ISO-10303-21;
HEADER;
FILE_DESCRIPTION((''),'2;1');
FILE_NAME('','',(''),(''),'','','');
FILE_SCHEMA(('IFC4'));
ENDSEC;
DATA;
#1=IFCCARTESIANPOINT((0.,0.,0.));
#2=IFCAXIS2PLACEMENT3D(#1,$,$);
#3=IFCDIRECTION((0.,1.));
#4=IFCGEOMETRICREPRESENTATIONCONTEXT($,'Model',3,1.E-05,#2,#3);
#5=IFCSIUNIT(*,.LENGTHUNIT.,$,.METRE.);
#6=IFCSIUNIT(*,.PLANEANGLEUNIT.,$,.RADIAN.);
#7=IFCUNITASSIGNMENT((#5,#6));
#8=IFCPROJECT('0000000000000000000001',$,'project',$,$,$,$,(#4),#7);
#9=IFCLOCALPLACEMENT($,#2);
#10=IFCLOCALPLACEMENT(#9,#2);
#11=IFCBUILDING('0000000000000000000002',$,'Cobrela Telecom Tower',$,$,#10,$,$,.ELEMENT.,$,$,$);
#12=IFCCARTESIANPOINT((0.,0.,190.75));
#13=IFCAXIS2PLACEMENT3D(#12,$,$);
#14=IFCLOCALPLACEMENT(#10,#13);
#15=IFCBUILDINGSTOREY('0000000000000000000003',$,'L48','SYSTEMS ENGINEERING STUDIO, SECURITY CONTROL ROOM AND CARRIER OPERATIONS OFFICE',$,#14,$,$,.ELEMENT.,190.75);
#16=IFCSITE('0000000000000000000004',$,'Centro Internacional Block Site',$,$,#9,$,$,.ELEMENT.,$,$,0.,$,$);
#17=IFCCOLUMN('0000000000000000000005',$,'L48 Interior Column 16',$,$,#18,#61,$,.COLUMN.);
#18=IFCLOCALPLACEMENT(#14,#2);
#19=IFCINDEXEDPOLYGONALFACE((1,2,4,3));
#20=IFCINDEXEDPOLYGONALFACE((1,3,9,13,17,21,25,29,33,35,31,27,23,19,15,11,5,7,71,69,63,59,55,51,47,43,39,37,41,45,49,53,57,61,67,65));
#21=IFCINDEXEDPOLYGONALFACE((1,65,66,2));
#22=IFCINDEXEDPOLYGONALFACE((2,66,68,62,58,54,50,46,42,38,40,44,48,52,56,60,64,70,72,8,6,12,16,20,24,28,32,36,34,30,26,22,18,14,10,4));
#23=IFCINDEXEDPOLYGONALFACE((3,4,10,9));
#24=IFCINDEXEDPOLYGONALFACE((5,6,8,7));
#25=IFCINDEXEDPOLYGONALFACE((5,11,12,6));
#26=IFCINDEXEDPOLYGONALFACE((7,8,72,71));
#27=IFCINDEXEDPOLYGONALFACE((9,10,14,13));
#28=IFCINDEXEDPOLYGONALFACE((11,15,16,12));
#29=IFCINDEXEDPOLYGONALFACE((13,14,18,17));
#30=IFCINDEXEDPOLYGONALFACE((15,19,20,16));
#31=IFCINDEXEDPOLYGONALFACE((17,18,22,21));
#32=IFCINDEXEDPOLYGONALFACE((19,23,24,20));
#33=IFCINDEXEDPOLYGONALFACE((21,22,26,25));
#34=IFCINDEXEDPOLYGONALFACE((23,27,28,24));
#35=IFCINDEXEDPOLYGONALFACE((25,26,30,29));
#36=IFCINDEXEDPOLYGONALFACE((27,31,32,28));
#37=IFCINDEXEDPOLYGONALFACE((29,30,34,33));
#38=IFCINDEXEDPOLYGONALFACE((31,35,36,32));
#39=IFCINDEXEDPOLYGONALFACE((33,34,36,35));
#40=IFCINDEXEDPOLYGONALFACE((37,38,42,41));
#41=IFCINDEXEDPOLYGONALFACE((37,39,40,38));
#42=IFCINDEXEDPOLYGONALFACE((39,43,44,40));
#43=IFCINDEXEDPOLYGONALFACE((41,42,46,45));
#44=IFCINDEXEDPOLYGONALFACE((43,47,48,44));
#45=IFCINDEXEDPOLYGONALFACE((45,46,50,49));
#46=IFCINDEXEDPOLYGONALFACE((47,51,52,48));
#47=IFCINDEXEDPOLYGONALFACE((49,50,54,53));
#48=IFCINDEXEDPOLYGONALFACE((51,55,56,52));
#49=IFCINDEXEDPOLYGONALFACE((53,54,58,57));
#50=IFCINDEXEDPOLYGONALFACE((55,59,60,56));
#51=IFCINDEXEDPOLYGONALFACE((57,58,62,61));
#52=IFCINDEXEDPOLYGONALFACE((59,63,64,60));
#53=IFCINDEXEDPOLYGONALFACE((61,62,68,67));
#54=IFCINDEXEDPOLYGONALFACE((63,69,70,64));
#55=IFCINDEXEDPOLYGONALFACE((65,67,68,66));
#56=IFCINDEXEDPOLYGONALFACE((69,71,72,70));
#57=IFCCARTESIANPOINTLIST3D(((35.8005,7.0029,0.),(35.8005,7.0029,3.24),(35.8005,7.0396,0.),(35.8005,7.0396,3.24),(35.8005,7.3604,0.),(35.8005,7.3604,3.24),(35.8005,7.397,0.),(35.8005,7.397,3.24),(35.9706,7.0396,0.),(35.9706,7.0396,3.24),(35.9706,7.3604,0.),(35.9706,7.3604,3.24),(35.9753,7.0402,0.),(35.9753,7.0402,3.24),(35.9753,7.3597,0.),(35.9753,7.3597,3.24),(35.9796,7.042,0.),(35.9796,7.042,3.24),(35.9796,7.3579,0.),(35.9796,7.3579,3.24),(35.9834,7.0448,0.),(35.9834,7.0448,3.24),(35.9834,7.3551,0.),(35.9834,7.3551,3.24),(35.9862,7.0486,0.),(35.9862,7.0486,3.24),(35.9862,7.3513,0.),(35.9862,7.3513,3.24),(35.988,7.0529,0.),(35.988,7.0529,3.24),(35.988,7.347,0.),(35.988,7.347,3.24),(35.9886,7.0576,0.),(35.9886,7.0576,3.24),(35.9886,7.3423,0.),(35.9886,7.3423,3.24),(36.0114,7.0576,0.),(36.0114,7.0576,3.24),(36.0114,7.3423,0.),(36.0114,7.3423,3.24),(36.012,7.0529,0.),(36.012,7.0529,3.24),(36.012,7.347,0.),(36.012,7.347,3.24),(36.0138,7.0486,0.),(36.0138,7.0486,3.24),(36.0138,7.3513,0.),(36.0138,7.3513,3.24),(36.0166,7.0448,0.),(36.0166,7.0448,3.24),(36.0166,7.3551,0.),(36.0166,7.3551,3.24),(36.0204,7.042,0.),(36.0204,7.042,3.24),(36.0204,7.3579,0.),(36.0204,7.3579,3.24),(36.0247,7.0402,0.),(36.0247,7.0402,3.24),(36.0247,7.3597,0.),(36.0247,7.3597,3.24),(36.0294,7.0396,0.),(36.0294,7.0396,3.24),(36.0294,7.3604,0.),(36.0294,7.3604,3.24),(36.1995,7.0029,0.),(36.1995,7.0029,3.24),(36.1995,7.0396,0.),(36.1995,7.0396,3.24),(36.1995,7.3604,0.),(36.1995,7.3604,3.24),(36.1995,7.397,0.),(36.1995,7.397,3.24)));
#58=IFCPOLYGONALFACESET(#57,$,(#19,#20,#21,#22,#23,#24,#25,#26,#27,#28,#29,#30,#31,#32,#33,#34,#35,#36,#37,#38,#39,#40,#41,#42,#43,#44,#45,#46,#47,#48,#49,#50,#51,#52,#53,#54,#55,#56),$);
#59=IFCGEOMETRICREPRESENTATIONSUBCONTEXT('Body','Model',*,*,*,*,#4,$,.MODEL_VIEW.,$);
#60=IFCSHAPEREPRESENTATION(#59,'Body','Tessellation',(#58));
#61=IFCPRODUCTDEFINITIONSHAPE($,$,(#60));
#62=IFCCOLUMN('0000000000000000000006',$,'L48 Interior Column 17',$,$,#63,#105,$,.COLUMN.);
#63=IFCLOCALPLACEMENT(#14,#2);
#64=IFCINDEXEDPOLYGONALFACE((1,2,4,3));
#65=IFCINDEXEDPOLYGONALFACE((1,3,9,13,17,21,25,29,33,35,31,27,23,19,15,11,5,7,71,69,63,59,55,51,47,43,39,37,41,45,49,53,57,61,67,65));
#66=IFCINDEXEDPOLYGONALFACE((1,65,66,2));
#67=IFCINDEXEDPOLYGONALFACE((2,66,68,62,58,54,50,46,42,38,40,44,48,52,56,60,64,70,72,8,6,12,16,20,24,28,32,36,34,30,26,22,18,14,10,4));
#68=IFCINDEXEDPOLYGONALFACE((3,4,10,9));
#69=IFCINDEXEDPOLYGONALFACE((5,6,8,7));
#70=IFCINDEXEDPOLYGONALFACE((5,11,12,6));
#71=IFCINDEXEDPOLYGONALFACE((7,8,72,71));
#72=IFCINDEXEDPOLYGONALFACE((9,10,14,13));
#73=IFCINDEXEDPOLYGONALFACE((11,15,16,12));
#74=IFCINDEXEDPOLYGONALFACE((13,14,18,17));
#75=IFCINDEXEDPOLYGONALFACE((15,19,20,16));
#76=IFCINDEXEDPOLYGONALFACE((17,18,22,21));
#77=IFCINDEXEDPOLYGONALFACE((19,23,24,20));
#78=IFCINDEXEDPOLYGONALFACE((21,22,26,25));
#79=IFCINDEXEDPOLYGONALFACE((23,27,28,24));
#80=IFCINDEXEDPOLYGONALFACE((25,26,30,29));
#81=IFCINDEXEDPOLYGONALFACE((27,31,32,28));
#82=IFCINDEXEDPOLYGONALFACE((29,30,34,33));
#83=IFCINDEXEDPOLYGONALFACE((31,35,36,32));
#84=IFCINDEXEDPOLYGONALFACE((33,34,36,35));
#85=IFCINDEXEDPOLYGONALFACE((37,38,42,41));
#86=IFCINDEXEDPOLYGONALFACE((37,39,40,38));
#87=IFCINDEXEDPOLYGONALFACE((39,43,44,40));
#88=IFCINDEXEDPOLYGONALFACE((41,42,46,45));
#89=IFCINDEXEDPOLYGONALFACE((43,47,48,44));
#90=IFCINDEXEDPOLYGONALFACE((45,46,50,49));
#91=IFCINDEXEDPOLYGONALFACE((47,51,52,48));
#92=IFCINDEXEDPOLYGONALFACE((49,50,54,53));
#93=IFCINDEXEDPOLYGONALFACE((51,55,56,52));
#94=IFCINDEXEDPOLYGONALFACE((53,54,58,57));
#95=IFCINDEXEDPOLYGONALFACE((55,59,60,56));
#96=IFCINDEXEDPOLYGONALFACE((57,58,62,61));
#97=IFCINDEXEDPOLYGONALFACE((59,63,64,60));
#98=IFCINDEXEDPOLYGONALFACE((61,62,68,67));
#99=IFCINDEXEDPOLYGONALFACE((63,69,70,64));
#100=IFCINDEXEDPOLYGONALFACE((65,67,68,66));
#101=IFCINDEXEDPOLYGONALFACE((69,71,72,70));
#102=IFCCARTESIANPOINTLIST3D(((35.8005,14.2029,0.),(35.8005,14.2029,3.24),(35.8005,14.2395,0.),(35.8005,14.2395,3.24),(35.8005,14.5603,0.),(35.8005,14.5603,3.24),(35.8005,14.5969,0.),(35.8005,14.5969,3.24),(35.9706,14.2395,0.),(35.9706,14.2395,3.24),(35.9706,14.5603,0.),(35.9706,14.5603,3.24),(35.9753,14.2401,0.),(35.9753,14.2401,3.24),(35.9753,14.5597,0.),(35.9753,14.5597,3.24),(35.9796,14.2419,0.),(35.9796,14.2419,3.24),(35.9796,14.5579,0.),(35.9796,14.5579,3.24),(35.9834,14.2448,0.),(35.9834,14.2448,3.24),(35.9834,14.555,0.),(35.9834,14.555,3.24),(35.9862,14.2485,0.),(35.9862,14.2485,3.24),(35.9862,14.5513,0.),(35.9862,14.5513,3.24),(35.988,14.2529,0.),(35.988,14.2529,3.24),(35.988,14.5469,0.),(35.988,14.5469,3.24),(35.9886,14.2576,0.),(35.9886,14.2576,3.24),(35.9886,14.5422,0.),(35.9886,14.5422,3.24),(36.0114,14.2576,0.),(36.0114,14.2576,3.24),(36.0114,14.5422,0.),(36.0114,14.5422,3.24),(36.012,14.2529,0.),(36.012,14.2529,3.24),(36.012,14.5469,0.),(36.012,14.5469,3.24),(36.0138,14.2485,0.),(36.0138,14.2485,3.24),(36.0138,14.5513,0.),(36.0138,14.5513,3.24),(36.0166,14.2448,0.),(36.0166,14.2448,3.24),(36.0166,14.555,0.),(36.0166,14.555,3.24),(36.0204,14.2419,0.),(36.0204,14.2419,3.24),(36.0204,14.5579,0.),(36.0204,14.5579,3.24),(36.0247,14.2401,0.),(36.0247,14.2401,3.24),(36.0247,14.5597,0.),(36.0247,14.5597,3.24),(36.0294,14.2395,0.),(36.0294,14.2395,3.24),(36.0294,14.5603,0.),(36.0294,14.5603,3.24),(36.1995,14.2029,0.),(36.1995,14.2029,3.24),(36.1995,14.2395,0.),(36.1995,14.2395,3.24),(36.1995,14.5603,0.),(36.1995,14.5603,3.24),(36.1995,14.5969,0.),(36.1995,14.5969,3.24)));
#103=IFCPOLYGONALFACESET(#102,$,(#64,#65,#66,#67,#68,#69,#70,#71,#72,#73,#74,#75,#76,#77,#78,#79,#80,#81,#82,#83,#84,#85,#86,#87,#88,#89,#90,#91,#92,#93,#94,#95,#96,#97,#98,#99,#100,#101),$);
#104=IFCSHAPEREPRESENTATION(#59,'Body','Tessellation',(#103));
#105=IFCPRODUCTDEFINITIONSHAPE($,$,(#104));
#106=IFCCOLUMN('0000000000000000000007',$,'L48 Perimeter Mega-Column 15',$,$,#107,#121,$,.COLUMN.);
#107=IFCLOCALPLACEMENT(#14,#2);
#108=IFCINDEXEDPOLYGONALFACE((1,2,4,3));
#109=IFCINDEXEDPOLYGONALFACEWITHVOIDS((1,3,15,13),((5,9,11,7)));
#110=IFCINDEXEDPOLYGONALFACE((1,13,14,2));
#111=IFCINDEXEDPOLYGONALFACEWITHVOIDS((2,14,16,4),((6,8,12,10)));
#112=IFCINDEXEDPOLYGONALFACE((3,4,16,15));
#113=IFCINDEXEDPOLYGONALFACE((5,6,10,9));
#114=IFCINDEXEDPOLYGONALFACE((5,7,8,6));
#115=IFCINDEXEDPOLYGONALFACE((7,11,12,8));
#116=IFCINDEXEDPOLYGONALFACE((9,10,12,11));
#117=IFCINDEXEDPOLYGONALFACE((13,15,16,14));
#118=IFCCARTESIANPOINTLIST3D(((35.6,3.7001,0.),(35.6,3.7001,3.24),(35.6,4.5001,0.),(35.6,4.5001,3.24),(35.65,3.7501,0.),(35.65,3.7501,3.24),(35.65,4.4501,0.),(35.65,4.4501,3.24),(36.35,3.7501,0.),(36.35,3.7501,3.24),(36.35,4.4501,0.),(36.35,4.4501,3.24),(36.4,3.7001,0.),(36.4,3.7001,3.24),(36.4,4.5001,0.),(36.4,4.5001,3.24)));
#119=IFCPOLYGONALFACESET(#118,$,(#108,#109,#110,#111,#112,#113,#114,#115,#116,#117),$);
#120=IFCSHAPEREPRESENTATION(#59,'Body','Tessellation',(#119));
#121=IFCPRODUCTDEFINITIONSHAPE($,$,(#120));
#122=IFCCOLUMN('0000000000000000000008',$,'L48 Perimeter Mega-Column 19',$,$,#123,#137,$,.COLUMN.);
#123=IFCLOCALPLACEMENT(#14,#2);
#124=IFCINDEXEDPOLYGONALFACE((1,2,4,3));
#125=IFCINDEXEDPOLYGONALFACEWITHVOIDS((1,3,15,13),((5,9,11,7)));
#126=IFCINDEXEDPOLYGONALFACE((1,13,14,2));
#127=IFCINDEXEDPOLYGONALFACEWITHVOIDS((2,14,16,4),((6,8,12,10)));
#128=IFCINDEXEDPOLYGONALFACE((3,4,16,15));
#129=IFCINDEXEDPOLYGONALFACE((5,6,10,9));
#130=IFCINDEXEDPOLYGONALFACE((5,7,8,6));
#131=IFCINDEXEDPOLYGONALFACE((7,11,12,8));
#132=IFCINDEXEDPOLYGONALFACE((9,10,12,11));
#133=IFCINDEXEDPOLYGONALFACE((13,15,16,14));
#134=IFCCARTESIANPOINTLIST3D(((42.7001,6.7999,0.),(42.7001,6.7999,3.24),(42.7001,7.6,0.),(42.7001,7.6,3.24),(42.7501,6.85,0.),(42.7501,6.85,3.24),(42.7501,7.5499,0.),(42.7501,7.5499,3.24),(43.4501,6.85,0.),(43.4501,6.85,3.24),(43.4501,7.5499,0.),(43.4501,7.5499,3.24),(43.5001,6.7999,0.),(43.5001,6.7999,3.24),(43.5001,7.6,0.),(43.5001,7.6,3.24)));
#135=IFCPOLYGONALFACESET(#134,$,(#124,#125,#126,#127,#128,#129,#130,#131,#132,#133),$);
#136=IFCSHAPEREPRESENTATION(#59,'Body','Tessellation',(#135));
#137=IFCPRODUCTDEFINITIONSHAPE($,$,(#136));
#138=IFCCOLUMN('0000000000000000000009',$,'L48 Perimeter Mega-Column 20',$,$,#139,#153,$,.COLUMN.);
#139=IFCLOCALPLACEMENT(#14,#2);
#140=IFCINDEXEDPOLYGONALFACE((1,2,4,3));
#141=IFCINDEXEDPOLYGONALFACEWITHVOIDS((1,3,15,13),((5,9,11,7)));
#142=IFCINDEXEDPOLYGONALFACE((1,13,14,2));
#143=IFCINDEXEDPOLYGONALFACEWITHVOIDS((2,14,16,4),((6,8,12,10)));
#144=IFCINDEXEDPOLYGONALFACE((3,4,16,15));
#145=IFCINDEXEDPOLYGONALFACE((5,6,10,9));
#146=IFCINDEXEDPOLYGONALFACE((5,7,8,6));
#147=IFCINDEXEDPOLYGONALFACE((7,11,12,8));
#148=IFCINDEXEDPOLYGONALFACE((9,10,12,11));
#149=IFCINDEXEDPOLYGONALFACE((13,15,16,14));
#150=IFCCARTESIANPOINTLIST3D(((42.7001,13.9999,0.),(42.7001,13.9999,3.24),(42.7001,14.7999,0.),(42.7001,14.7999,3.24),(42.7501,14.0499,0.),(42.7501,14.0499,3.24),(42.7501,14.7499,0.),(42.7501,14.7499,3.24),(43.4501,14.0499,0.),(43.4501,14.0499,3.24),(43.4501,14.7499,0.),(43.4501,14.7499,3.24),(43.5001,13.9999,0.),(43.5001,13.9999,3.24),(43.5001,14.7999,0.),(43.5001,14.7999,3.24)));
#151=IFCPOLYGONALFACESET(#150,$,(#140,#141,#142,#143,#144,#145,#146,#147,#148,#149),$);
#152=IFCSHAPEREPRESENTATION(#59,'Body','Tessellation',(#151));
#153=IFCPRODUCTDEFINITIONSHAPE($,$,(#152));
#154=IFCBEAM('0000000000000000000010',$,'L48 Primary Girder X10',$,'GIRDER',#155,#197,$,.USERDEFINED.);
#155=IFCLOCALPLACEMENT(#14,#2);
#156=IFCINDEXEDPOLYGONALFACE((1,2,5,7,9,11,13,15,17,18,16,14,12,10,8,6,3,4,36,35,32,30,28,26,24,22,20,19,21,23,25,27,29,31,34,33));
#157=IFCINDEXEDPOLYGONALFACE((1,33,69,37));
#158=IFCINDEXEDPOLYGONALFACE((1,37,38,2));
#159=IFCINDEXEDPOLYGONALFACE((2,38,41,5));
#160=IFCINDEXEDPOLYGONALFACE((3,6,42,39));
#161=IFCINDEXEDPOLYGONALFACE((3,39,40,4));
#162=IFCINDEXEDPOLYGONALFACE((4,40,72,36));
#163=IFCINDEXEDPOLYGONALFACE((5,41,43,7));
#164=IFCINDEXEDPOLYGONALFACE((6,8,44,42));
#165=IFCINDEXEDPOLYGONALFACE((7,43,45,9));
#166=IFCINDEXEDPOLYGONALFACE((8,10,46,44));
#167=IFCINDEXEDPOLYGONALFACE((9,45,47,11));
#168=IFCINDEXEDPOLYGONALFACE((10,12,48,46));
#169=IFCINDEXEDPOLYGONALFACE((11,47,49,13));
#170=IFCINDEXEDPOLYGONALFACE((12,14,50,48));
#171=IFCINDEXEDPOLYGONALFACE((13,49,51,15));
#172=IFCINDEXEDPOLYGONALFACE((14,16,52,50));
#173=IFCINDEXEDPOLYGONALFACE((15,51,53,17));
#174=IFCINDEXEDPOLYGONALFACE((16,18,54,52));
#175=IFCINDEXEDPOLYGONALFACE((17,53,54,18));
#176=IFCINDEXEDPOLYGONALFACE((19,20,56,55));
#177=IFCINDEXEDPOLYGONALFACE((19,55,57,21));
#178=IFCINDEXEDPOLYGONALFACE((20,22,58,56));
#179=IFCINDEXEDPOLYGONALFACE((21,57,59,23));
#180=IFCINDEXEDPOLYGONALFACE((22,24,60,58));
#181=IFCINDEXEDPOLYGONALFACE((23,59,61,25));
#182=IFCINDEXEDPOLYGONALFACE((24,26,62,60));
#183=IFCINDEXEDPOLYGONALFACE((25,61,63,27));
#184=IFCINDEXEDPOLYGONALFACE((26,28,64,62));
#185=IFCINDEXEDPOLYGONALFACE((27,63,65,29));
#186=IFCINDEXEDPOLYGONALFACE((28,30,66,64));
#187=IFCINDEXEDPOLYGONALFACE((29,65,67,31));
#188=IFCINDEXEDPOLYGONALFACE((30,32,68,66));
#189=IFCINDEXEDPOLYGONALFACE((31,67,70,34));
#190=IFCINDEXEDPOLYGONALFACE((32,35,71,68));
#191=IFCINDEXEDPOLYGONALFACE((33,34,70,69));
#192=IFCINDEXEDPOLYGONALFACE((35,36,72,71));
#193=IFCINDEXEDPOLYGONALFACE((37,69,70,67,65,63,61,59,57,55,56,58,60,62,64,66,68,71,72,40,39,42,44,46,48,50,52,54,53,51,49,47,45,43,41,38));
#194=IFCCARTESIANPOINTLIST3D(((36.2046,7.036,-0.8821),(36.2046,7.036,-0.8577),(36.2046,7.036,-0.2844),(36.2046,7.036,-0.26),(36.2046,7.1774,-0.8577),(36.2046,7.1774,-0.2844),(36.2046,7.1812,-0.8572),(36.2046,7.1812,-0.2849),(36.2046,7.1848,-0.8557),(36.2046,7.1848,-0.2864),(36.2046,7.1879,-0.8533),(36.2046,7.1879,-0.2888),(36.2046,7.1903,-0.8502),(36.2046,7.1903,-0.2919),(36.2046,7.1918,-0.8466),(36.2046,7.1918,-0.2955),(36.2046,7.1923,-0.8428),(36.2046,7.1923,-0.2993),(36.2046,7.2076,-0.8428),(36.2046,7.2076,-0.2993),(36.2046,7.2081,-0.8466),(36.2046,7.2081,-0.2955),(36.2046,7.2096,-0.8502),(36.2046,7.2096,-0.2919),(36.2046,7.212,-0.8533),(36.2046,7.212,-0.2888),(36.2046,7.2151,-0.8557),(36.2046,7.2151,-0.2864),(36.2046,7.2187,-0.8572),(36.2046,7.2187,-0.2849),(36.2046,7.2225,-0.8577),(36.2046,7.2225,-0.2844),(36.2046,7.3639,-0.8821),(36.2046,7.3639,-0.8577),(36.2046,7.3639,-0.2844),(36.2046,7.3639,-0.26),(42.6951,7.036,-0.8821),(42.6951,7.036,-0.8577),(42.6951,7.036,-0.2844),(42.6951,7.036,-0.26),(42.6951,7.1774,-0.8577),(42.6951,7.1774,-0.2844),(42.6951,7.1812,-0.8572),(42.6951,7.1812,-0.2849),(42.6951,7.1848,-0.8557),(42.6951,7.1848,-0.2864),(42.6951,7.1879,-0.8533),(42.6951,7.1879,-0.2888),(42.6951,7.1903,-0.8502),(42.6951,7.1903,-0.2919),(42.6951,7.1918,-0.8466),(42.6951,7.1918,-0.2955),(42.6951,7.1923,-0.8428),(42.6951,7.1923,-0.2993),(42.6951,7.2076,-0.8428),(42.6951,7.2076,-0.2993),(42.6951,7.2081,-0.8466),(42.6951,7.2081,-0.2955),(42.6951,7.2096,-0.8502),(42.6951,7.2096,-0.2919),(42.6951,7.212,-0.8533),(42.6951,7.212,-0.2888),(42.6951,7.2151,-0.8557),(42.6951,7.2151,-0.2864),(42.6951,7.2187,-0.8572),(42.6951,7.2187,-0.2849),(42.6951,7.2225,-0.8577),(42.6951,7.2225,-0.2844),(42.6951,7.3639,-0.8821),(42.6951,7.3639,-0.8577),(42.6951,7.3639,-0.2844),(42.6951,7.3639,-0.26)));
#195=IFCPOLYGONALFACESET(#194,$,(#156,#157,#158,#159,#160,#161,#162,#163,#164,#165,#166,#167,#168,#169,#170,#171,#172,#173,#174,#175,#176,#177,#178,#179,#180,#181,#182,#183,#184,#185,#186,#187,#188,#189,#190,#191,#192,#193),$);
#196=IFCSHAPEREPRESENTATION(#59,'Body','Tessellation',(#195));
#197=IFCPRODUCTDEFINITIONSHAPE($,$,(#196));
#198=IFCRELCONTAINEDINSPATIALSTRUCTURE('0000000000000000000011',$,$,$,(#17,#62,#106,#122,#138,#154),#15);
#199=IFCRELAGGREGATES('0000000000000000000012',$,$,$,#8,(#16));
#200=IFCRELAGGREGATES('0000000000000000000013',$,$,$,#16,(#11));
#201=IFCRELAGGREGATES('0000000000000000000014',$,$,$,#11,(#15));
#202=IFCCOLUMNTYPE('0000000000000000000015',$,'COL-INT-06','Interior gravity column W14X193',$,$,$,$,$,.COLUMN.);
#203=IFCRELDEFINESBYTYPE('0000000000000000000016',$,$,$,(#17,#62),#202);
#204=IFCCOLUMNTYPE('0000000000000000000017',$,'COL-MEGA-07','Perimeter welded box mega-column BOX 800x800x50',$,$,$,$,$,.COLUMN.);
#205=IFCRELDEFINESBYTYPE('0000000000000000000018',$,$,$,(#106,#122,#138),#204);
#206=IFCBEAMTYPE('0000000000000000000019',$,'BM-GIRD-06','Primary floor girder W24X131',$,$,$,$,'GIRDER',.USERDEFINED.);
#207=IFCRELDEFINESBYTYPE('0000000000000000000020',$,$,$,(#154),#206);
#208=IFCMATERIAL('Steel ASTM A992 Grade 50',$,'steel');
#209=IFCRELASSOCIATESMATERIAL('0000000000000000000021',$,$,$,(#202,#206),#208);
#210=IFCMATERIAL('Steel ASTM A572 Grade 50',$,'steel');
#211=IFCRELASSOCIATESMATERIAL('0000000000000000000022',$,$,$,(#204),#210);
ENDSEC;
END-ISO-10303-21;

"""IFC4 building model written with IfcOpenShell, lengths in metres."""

from ifc_helpers import new_model, si_unit, direction, frame, origin, origin_2d, place, context, subcontext, project, spatial, hollow_rectangle, i_section, extrude, material, material_profile, profile_set, type_object, element, save


model = new_model("IFC4")

# Units and contexts
model_context = context("Model", 3, precision=1e-05, world=origin(), true_north=direction((0.0, 1.0)))
body_context = subcontext(model_context, "Body", "Model", "MODEL_VIEW")
ifc_project = project(units=[si_unit("LENGTHUNIT", "METRE"), si_unit("PLANEANGLEUNIT", "RADIAN")], contexts=[model_context])

# Site, building, storey
site_placement = place(None, origin())
site = spatial("IfcSite", under=ifc_project, at=site_placement, Name="Centro Internacional Block Site", CompositionType="ELEMENT", RefElevation=0.0)
building_placement = place(site_placement, origin())
building = spatial("IfcBuilding", under=site, at=building_placement, Name="Cobrela Telecom Tower", CompositionType="ELEMENT")
storey_placement = place(building_placement, frame((0.0, 0.0, 190.75)))
storey = spatial("IfcBuildingStorey", under=building, at=storey_placement, Name="L48", Description="SYSTEMS ENGINEERING STUDIO, SECURITY CONTROL ROOM AND CARRIER OPERATIONS OFFICE", CompositionType="ELEMENT", Elevation=190.75)

# Columns
ifc_material_1 = material(Name="Steel ASTM A992 Grade 50", Category="steel")
ifc_material_profile_1 = material_profile(ifc_material_1, i_section(OverallWidth=0.3989, OverallDepth=0.394, WebThickness=0.0227, FlangeThickness=0.0366, FilletRadius=0.0181, at=origin_2d()), Name="W14X193")
ifc_profile_set_1 = profile_set([ifc_material_profile_1], Name="Steel ASTM A992 Grade 50")
column_type_1 = type_object("IfcColumnType", Name="COL-INT-06", Description="Interior gravity column W14X193", PredefinedType="COLUMN", material=ifc_profile_set_1)
for number, where, z_axis, x_axis, name in (
    (1, (36.0, 7.2, 0.0), (0.0, 0.0, 1.0), (1.0, 0.0, 0.0), "L48 Interior Column 16"),
    (2, (36.0, 14.3999, 0.0), (0.0, 0.0, 1.0), (1.0, 0.0, 0.0), "L48 Interior Column 17"),
):
    element("IfcColumn", number, at=place(storey_placement, frame(where, z_axis=z_axis, x_axis=x_axis)), inside=storey, type_object=column_type_1, Name=name, PredefinedType="COLUMN", context=body_context, shape_type="SweptSolid", body=[
        extrude(i_section(OverallWidth=0.3989, OverallDepth=0.394, WebThickness=0.0227, FlangeThickness=0.0366, FilletRadius=0.0181, at=origin_2d()), origin(), (0.0, 0.0, 1.0), 3.24),
    ])
ifc_material_2 = material(Name="Steel ASTM A572 Grade 50", Category="steel")
ifc_material_profile_2 = material_profile(ifc_material_2, hollow_rectangle(XDim=0.8, YDim=0.8, WallThickness=0.05, at=origin_2d()), Name="BOX 800x800x50")
ifc_profile_set_2 = profile_set([ifc_material_profile_2], Name="Steel ASTM A572 Grade 50")
column_type_2 = type_object("IfcColumnType", Name="COL-MEGA-07", Description="Perimeter welded box mega-column BOX 800x800x50", PredefinedType="COLUMN", material=ifc_profile_set_2)
for number, where, z_axis, x_axis, name in (
    (3, (36.0, 4.1001, 0.0), (0.0, 0.0, 1.0), (1.0, 0.0, 0.0), "L48 Perimeter Mega-Column 15"),
    (4, (43.1001, 7.2, 0.0), (0.0, 0.0, 1.0), (1.0, 0.0, 0.0), "L48 Perimeter Mega-Column 19"),
    (5, (43.1001, 14.3999, 0.0), (0.0, 0.0, 1.0), (1.0, 0.0, 0.0), "L48 Perimeter Mega-Column 20"),
):
    element("IfcColumn", number, at=place(storey_placement, frame(where, z_axis=z_axis, x_axis=x_axis)), inside=storey, type_object=column_type_2, Name=name, PredefinedType="COLUMN", context=body_context, shape_type="SweptSolid", body=[
        extrude(hollow_rectangle(XDim=0.8, YDim=0.8, WallThickness=0.05, at=origin_2d()), origin(), (0.0, 0.0, 1.0), 3.24),
    ])

# Beam
ifc_material_profile_3 = material_profile(ifc_material_1, i_section(OverallWidth=0.3279, OverallDepth=0.6221, WebThickness=0.0154, FlangeThickness=0.0244, FilletRadius=0.0149, at=origin_2d()), Name="W24X131")
ifc_profile_set_3 = profile_set([ifc_material_profile_3], Name="Steel ASTM A992 Grade 50")
beam_type_1 = type_object("IfcBeamType", Name="BM-GIRD-06", Description="Primary floor girder W24X131", ElementType="GIRDER", PredefinedType="USERDEFINED", material=ifc_profile_set_3)
for number, where, z_axis, x_axis, name in (
    (6, (36.2046, 7.2, -0.571), (1.0, 0.0, 0.0), (0.0, 1.0, 0.0), "L48 Primary Girder X10"),
):
    element("IfcBeam", number, at=place(storey_placement, frame(where, z_axis=z_axis, x_axis=x_axis)), inside=storey, type_object=beam_type_1, Name=name, ObjectType="GIRDER", PredefinedType="USERDEFINED", context=body_context, shape_type="SweptSolid", body=[
        extrude(i_section(OverallWidth=0.3279, OverallDepth=0.6221, WebThickness=0.0154, FlangeThickness=0.0244, FilletRadius=0.0149, at=origin_2d()), origin(), (0.0, 0.0, 1.0), 6.4905),
    ])

save(model, "model.ifc")
